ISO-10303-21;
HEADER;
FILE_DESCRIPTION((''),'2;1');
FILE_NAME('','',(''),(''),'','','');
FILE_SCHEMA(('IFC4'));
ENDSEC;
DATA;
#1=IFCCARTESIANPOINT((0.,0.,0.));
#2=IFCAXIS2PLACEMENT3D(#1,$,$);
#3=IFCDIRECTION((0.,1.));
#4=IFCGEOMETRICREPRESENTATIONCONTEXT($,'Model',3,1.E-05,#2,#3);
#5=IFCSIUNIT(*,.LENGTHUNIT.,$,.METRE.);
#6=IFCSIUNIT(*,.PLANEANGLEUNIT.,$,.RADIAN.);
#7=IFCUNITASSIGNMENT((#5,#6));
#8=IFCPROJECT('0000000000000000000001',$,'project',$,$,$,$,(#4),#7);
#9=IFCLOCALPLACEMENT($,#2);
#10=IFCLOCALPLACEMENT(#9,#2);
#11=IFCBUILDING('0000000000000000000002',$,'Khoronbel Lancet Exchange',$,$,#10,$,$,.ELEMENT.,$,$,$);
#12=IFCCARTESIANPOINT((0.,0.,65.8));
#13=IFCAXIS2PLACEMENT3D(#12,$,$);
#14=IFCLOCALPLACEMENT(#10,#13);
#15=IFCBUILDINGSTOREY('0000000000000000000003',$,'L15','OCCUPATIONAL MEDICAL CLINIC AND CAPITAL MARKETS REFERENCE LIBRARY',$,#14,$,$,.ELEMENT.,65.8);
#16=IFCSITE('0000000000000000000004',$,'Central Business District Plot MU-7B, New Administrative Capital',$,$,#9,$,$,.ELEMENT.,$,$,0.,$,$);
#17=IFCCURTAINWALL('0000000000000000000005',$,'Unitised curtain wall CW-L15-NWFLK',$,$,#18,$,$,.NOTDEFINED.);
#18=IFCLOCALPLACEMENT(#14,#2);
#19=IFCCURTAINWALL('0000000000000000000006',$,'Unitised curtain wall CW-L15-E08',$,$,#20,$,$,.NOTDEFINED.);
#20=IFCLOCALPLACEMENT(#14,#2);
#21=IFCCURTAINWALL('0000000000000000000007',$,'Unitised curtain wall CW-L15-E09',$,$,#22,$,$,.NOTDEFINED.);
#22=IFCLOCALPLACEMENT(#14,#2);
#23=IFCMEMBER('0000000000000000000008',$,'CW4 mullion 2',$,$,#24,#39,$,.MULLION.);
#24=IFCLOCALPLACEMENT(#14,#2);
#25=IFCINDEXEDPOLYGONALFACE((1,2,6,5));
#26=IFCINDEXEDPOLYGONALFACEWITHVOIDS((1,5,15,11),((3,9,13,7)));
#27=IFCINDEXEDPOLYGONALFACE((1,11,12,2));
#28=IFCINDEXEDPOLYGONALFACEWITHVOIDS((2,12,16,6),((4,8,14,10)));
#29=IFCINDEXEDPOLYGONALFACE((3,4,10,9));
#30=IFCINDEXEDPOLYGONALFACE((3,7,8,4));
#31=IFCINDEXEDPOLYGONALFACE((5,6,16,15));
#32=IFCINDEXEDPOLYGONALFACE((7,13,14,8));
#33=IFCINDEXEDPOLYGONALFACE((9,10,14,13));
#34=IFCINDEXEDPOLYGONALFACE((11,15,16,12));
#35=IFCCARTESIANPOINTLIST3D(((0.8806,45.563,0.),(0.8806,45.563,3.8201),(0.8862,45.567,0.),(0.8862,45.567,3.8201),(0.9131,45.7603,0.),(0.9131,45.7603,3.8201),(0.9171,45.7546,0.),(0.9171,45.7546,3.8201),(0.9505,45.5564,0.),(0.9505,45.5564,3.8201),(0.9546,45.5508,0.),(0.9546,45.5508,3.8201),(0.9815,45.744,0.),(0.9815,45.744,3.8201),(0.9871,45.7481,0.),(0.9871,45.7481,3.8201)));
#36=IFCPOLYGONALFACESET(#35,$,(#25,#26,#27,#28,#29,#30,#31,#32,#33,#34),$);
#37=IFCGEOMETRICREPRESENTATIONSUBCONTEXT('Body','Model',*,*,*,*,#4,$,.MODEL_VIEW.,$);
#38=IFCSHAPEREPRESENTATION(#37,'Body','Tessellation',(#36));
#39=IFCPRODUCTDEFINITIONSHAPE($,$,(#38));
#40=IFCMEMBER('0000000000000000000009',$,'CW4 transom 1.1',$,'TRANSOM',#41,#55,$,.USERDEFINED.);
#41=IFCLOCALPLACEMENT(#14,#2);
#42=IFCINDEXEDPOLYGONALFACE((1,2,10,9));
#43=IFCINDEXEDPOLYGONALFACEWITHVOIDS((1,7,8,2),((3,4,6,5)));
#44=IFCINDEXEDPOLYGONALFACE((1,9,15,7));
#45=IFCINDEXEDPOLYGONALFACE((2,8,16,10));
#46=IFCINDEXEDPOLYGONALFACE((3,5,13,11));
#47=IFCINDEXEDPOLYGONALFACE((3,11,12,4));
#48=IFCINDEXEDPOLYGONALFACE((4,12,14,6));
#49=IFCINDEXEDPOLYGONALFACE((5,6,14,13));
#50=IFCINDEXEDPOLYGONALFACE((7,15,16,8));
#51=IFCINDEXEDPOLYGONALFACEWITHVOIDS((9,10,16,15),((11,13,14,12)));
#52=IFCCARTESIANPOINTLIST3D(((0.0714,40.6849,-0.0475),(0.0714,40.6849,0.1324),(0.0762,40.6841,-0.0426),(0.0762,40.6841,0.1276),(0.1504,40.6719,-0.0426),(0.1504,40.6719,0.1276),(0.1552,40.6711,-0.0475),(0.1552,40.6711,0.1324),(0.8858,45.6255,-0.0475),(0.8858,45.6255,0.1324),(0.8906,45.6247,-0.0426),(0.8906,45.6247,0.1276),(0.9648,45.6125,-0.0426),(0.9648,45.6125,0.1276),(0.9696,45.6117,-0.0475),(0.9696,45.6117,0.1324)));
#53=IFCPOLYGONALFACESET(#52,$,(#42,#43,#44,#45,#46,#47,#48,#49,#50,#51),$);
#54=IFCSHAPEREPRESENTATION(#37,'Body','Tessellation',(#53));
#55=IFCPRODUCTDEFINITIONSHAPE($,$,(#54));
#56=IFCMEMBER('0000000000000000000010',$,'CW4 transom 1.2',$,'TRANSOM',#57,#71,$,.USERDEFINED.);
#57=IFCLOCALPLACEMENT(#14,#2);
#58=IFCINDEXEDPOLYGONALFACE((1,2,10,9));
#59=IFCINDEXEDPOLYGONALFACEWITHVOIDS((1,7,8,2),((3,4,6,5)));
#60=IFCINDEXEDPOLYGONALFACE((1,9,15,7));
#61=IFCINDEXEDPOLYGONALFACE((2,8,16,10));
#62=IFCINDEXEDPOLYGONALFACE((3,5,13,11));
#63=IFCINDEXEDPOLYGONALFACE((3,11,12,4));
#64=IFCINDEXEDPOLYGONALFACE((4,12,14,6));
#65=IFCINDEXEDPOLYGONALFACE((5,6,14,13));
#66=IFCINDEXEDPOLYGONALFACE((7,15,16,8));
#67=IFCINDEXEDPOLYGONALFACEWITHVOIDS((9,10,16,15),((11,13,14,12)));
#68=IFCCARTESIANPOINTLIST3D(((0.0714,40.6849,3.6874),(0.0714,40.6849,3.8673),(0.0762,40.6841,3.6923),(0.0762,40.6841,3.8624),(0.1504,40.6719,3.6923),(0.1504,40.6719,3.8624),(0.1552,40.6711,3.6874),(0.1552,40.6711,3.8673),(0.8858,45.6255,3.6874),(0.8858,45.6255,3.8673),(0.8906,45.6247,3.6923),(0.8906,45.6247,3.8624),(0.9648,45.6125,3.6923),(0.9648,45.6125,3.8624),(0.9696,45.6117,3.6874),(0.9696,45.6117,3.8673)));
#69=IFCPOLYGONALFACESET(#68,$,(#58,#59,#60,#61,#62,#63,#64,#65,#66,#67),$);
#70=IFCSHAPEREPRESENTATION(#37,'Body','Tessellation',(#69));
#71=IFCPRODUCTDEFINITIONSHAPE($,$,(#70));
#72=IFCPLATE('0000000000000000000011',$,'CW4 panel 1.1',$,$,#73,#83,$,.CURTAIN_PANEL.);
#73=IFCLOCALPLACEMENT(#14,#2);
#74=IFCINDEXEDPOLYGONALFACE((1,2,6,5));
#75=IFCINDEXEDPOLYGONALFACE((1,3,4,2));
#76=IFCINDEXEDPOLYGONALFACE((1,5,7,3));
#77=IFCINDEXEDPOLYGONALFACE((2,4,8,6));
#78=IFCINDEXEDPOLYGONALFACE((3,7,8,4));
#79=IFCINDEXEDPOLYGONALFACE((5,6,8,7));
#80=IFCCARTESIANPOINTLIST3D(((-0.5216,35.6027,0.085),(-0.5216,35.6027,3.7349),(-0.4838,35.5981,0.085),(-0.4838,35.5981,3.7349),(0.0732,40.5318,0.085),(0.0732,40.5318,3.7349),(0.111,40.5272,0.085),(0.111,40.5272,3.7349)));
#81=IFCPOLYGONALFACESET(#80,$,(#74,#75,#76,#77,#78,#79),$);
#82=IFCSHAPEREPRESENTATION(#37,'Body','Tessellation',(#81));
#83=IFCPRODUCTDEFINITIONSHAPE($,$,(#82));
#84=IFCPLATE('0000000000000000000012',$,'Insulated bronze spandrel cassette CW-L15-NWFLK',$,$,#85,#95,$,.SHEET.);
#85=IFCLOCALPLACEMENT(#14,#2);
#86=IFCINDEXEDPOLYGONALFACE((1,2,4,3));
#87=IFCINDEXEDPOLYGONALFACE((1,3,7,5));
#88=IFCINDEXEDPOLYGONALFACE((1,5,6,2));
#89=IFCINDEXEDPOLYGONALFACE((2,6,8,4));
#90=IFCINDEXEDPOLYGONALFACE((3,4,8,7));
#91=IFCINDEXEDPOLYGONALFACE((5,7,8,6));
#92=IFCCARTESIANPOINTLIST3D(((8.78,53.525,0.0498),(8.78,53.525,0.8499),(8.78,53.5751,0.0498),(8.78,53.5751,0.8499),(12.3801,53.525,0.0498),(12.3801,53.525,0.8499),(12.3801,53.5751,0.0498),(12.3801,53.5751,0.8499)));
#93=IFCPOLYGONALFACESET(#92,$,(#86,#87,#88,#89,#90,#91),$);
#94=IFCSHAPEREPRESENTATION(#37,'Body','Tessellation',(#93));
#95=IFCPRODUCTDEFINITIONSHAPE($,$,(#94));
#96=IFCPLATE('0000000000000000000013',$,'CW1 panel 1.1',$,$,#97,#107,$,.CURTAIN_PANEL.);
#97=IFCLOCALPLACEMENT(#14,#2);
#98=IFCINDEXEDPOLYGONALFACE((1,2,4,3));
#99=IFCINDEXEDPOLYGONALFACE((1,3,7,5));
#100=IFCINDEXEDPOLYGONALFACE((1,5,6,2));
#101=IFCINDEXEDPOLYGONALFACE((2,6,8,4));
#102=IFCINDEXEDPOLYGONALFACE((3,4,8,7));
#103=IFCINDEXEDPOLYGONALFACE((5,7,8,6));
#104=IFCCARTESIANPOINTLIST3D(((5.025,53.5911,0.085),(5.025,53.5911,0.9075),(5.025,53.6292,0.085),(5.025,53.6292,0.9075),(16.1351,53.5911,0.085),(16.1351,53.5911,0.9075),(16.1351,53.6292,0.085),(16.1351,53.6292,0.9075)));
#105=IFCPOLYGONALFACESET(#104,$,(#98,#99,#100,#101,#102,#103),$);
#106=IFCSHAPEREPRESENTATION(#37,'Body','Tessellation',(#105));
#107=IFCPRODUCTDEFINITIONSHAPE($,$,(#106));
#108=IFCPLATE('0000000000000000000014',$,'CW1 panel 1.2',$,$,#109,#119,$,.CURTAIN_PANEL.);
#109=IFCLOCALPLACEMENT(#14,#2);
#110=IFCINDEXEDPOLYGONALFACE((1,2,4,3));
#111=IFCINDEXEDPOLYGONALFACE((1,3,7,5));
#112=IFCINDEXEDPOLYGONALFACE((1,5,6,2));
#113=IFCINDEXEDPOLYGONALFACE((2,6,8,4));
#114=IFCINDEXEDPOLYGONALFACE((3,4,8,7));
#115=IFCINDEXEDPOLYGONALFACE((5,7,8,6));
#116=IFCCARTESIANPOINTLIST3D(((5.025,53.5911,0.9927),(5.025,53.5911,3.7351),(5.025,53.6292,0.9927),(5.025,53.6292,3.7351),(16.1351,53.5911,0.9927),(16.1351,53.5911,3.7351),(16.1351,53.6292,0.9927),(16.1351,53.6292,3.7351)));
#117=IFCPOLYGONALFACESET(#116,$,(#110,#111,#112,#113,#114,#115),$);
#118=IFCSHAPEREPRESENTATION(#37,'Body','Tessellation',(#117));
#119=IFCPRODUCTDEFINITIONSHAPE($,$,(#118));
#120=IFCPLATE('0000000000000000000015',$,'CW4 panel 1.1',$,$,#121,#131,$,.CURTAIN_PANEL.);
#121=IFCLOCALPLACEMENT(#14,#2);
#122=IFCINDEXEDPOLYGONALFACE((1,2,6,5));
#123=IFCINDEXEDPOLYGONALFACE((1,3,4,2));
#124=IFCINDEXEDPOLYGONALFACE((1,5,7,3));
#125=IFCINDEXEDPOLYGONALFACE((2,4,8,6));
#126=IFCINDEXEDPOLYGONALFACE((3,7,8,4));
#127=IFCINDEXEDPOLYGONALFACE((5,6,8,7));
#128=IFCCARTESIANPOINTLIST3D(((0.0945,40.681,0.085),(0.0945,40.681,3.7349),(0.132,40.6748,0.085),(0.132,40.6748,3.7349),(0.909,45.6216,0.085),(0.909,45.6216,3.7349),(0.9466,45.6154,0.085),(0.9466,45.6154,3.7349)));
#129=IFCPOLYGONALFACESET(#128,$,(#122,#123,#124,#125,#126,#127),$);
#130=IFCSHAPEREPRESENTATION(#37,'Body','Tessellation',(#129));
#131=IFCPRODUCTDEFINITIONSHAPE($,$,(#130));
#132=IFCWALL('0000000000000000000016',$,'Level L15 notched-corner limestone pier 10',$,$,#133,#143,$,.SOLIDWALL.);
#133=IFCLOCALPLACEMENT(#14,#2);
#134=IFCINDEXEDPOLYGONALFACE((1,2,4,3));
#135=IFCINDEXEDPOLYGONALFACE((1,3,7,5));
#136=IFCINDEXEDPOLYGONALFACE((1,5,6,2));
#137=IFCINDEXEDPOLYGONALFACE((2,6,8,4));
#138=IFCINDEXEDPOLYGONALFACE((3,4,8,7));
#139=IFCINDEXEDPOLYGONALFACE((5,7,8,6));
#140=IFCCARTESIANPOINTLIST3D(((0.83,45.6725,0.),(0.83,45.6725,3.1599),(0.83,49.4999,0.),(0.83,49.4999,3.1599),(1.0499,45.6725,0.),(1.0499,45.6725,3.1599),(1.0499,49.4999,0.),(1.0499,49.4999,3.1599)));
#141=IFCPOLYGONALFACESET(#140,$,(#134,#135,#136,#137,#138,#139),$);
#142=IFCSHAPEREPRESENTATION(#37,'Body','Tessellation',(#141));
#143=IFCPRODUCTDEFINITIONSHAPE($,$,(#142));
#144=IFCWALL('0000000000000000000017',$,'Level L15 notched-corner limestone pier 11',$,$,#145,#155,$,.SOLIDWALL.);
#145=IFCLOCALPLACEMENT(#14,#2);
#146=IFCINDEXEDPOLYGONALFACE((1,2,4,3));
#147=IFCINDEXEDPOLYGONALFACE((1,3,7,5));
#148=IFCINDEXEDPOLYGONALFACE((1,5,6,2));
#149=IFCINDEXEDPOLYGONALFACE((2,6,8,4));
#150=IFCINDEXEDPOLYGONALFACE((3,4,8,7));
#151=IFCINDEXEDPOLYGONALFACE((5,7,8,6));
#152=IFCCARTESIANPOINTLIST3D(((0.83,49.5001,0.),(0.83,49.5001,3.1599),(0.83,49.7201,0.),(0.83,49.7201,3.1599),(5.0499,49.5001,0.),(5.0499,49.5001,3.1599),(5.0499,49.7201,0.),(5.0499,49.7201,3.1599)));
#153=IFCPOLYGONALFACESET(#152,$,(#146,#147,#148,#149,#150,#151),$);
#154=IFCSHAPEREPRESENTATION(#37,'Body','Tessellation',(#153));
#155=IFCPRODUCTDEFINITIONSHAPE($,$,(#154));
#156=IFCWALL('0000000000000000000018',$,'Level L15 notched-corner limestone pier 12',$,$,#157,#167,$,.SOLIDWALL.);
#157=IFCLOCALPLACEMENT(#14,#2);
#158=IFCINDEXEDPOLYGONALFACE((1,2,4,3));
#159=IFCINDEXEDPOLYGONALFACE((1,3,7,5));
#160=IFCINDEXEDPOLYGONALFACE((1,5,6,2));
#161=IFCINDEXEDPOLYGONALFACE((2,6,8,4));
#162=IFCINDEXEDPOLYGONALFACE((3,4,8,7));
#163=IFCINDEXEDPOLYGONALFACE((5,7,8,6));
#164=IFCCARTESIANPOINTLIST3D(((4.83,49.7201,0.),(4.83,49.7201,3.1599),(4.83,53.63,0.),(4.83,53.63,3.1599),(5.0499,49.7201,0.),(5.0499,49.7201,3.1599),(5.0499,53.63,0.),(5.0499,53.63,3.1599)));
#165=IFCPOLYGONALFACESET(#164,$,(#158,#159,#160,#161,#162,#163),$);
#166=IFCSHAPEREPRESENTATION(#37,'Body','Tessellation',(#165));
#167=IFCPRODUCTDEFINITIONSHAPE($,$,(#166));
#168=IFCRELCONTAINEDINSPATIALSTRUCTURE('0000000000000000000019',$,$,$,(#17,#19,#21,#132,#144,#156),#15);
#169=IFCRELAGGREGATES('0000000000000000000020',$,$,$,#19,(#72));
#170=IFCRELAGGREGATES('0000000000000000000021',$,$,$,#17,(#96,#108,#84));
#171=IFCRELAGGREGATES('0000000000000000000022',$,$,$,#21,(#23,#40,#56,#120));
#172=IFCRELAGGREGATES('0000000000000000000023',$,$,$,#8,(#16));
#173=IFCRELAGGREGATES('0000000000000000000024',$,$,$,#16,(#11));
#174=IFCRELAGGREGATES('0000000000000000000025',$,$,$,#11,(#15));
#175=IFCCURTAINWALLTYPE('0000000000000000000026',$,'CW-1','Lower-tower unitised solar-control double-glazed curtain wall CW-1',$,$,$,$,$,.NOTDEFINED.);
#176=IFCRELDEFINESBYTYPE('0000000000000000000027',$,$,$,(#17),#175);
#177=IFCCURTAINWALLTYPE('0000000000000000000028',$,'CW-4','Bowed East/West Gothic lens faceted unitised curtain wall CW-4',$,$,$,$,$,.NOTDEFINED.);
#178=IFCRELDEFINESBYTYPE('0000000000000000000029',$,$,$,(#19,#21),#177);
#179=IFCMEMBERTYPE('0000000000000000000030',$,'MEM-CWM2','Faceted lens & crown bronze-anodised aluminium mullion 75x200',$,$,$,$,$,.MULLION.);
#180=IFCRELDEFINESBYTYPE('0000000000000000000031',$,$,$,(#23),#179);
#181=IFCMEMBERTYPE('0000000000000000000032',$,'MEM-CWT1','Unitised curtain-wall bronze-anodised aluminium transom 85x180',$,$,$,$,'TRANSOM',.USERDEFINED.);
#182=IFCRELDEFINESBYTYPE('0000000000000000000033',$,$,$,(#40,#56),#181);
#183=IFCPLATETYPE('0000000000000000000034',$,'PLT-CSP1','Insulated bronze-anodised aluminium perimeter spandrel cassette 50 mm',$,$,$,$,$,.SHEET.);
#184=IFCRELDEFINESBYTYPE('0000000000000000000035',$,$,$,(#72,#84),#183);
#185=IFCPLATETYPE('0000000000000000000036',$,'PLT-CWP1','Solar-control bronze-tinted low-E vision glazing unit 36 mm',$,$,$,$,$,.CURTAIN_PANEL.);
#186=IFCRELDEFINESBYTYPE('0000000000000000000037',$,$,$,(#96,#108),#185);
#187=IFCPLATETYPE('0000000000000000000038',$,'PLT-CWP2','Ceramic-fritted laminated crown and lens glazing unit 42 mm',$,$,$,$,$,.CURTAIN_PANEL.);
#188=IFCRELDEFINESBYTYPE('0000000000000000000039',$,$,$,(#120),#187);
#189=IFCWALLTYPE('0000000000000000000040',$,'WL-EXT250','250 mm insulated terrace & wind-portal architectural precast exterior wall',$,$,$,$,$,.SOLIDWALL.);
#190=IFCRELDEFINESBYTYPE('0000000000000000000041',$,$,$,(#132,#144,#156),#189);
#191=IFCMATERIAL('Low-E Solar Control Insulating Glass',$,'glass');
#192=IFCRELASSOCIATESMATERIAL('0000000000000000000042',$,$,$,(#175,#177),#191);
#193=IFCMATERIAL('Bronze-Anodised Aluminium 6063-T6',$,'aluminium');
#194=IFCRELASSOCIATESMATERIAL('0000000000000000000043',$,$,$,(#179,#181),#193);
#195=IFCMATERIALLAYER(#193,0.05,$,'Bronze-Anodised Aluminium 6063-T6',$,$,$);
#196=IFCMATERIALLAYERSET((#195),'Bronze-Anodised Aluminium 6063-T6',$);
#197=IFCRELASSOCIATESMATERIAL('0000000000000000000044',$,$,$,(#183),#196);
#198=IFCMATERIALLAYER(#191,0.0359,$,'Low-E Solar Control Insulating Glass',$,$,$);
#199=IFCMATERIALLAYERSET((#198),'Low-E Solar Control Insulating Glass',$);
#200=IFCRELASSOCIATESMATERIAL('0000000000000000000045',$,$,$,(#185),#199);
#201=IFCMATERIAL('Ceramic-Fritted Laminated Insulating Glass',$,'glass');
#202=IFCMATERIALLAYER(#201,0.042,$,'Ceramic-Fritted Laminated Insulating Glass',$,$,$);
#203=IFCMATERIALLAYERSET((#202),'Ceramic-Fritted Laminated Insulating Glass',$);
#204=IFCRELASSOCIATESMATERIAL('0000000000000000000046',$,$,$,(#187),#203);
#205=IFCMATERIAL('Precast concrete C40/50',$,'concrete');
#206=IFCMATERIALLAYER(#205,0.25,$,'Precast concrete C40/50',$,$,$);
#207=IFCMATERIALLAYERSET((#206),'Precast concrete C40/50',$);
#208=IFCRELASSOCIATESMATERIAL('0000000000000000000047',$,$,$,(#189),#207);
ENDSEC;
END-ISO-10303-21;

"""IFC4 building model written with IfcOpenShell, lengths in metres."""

from ifc_helpers import new_model, si_unit, direction, frame, frame_2d, origin, origin_2d, place, context, subcontext, project, spatial, rectangle, hollow_rectangle, extrude, material, layer, layer_set, material_profile, profile_set, type_object, element, aggregate, save


model = new_model("IFC4")

# Units and contexts
model_context = context("Model", 3, precision=1e-05, world=origin(), true_north=direction((0.0, 1.0)))
body_context = subcontext(model_context, "Body", "Model", "MODEL_VIEW")
ifc_project = project(units=[si_unit("LENGTHUNIT", "METRE"), si_unit("PLANEANGLEUNIT", "RADIAN")], contexts=[model_context])

# Site, building, storey
site_placement = place(None, origin())
site = spatial("IfcSite", under=ifc_project, at=site_placement, Name="Central Business District Plot MU-7B, New Administrative Capital", CompositionType="ELEMENT", RefElevation=0.0)
building_placement = place(site_placement, origin())
building = spatial("IfcBuilding", under=site, at=building_placement, Name="Khoronbel Lancet Exchange", CompositionType="ELEMENT")
storey_placement = place(building_placement, frame((0.0, 0.0, 65.8)))
storey = spatial("IfcBuildingStorey", under=building, at=storey_placement, Name="L15", Description="OCCUPATIONAL MEDICAL CLINIC AND CAPITAL MARKETS REFERENCE LIBRARY", CompositionType="ELEMENT", Elevation=65.8)

# Curtain walls
ifc_material_1 = material(Name="Low-E Solar Control Insulating Glass", Category="glass")
curtain_wall_type_1 = type_object("IfcCurtainWallType", Name="CW-1", Description="Lower-tower unitised solar-control double-glazed curtain wall CW-1", PredefinedType="NOTDEFINED", material=ifc_material_1)
curtain_wall_1_placement = place(storey_placement, origin())
curtain_wall_1 = element("IfcCurtainWall", 1, at=curtain_wall_1_placement, inside=storey, type_object=curtain_wall_type_1, Name="Unitised curtain wall CW-L15-NWFLK", PredefinedType="NOTDEFINED")
ifc_material_2 = material(Name="Bronze-Anodised Aluminium 6063-T6", Category="aluminium")
curtain_wall_type_2 = type_object("IfcCurtainWallType", Name="CW-4", Description="Bowed East/West Gothic lens faceted unitised curtain wall CW-4", PredefinedType="NOTDEFINED", material=ifc_material_1)
curtain_wall_2_placement = place(storey_placement, origin())
curtain_wall_2 = element("IfcCurtainWall", 2, at=curtain_wall_2_placement, inside=storey, type_object=curtain_wall_type_2, Name="Unitised curtain wall CW-L15-E08", PredefinedType="NOTDEFINED")
ifc_material_profile_1 = material_profile(ifc_material_2, hollow_rectangle(XDim=0.075, YDim=0.2, WallThickness=0.0049, at=origin_2d()), Name="ALU MULLION 75x200")
ifc_profile_set_1 = profile_set([ifc_material_profile_1], Name="Bronze-Anodised Aluminium 6063-T6")
member_type_1 = type_object("IfcMemberType", Name="MEM-CWM2", Description="Faceted lens & crown bronze-anodised aluminium mullion 75x200", PredefinedType="MULLION", material=ifc_profile_set_1)

# Curtain wall, members
curtain_wall_3_placement = place(storey_placement, origin())
curtain_wall_3 = element("IfcCurtainWall", 3, at=curtain_wall_3_placement, inside=storey, type_object=curtain_wall_type_2, Name="Unitised curtain wall CW-L15-E09", PredefinedType="NOTDEFINED")
member_1_placement = place(storey_placement, frame((0.9338, 45.6555, 0.0), z_axis=(0.0, 0.0, 1.0), x_axis=(-0.986682, 0.162663, 0.0)))
member_1 = element("IfcMember", 4, at=member_1_placement, type_object=member_type_1, Name="CW4 mullion 2", PredefinedType="MULLION", context=body_context, shape_type="SweptSolid", body=[
    extrude(hollow_rectangle(XDim=0.075, YDim=0.2, WallThickness=0.0049, at=origin_2d()), origin(), (0.0, 0.0, 1.0), 3.8201),
])
ifc_material_profile_2 = material_profile(ifc_material_2, hollow_rectangle(XDim=0.085, YDim=0.1799, WallThickness=0.0049, at=origin_2d()), Name="ALU TRANSOM 85x180")
ifc_profile_set_2 = profile_set([ifc_material_profile_2], Name="Bronze-Anodised Aluminium 6063-T6")
member_type_2 = type_object("IfcMemberType", Name="MEM-CWT1", Description="Unitised curtain-wall bronze-anodised aluminium transom 85x180", ElementType="TRANSOM", PredefinedType="USERDEFINED", material=ifc_profile_set_2)
member_2_placement = place(storey_placement, frame((0.1133, 40.678, 0.0425), z_axis=(0.162651, 0.986684, 0.0), x_axis=(-0.986684, 0.162651, 0.0)))
member_2 = element("IfcMember", 5, at=member_2_placement, type_object=member_type_2, Name="CW4 transom 1.1", ObjectType="TRANSOM", PredefinedType="USERDEFINED", context=body_context, shape_type="SweptSolid", body=[
    extrude(hollow_rectangle(XDim=0.085, YDim=0.1799, WallThickness=0.0049, at=origin_2d()), origin(), (0.0, 0.0, 1.0), 5.0073),
])
member_3_placement = place(storey_placement, frame((0.1133, 40.678, 3.7773), z_axis=(0.162651, 0.986684, 0.0), x_axis=(-0.986684, 0.162651, 0.0)))
member_3 = element("IfcMember", 6, at=member_3_placement, type_object=member_type_2, Name="CW4 transom 1.2", ObjectType="TRANSOM", PredefinedType="USERDEFINED", context=body_context, shape_type="SweptSolid", body=[
    extrude(hollow_rectangle(XDim=0.085, YDim=0.1799, WallThickness=0.0049, at=origin_2d()), origin(), (0.0, 0.0, 1.0), 5.0073),
])

# Plates
ifc_layer_1 = layer(ifc_material_2, 0.05, Name="Bronze-Anodised Aluminium 6063-T6")
ifc_layer_set_1 = layer_set([ifc_layer_1], Name="Bronze-Anodised Aluminium 6063-T6")
plate_type_1 = type_object("IfcPlateType", Name="PLT-CSP1", Description="Insulated bronze-anodised aluminium perimeter spandrel cassette 50 mm", PredefinedType="SHEET", material=ifc_layer_set_1)
plate_1_placement = place(storey_placement, frame((-0.2053, 38.0649, 0.085), z_axis=(0.0, 0.0, 1.0), x_axis=(0.119806, 0.992797, 0.0)))
plate_1 = element("IfcPlate", 7, at=plate_1_placement, type_object=plate_type_1, Name="CW4 panel 1.1", PredefinedType="CURTAIN_PANEL", context=body_context, shape_type="SweptSolid", body=[
    extrude(rectangle(XDim=4.9648, YDim=0.0381, at=origin_2d()), origin(), (0.0, 0.0, 1.0), 3.6499),
])
aggregate(curtain_wall_2, [plate_1])
plate_2_placement = place(storey_placement, frame((10.5801, 53.55, 0.0498), z_axis=(0.0, 0.0, 1.0), x_axis=(-1.0, 0.0, 0.0)))
plate_2 = element("IfcPlate", 8, at=plate_2_placement, type_object=plate_type_1, Name="Insulated bronze spandrel cassette CW-L15-NWFLK", PredefinedType="SHEET", context=body_context, shape_type="SweptSolid", body=[
    extrude(rectangle(XDim=3.6001, YDim=0.05, at=origin_2d()), origin(), (0.0, 0.0, 1.0), 0.8),
])
ifc_layer_2 = layer(ifc_material_1, 0.0359, Name="Low-E Solar Control Insulating Glass")
ifc_layer_set_2 = layer_set([ifc_layer_2], Name="Low-E Solar Control Insulating Glass")
plate_type_2 = type_object("IfcPlateType", Name="PLT-CWP1", Description="Solar-control bronze-tinted low-E vision glazing unit 36 mm", PredefinedType="CURTAIN_PANEL", material=ifc_layer_set_2)
plate_3_placement = place(storey_placement, frame((10.5801, 53.6101, 0.085), z_axis=(0.0, 0.0, 1.0), x_axis=(-1.0, 0.0, 0.0)))
plate_3 = element("IfcPlate", 9, at=plate_3_placement, type_object=plate_type_2, Name="CW1 panel 1.1", PredefinedType="CURTAIN_PANEL", context=body_context, shape_type="SweptSolid", body=[
    extrude(rectangle(XDim=11.1101, YDim=0.0381, at=origin_2d()), origin(), (0.0, 0.0, 1.0), 0.8225),
])
plate_4_placement = place(storey_placement, frame((10.5801, 53.6101, 0.9927), z_axis=(0.0, 0.0, 1.0), x_axis=(-1.0, 0.0, 0.0)))
plate_4 = element("IfcPlate", 10, at=plate_4_placement, type_object=plate_type_2, Name="CW1 panel 1.2", PredefinedType="CURTAIN_PANEL", context=body_context, shape_type="SweptSolid", body=[
    extrude(rectangle(XDim=11.1101, YDim=0.0381, at=origin_2d()), origin(), (0.0, 0.0, 1.0), 2.7424),
])
aggregate(curtain_wall_1, [plate_3, plate_4, plate_2])
ifc_material_3 = material(Name="Ceramic-Fritted Laminated Insulating Glass", Category="glass")
ifc_layer_3 = layer(ifc_material_3, 0.042, Name="Ceramic-Fritted Laminated Insulating Glass")
ifc_layer_set_3 = layer_set([ifc_layer_3], Name="Ceramic-Fritted Laminated Insulating Glass")
plate_type_3 = type_object("IfcPlateType", Name="PLT-CWP2", Description="Ceramic-fritted laminated crown and lens glazing unit 42 mm", PredefinedType="CURTAIN_PANEL", material=ifc_layer_set_3)
plate_5_placement = place(storey_placement, frame((0.5205, 43.1482, 0.085), z_axis=(0.0, 0.0, 1.0), x_axis=(0.162663, 0.986682, 0.0)))
plate_5 = element("IfcPlate", 11, at=plate_5_placement, type_object=plate_type_3, Name="CW4 panel 1.1", PredefinedType="CURTAIN_PANEL", context=body_context, shape_type="SweptSolid", body=[
    extrude(rectangle(XDim=5.0073, YDim=0.0381, at=origin_2d()), origin(), (0.0, 0.0, 1.0), 3.6499),
])
aggregate(curtain_wall_3, [member_1, member_2, member_3, plate_5])

# Walls
ifc_material_4 = material(Name="Precast concrete C40/50", Category="concrete")
ifc_layer_4 = layer(ifc_material_4, 0.25, Name="Precast concrete C40/50")
ifc_layer_set_4 = layer_set([ifc_layer_4], Name="Precast concrete C40/50")
wall_type_1 = type_object("IfcWallType", Name="WL-EXT250", Description="250 mm insulated terrace & wind-portal architectural precast exterior wall", PredefinedType="SOLIDWALL", material=ifc_layer_set_4)
wall_1_placement = place(storey_placement, frame((0.9399, 45.6726, 0.0), z_axis=(0.0, 0.0, 1.0), x_axis=(0.0, 1.0, 0.0)))
element("IfcWall", 12, at=wall_1_placement, inside=storey, type_object=wall_type_1, Name="Level L15 notched-corner limestone pier 10", PredefinedType="SOLIDWALL", context=body_context, shape_type="SweptSolid", body=[
    extrude(rectangle(XDim=3.8274, YDim=0.22, at=frame_2d((1.9136, 0.0))), origin(), (0.0, 0.0, 1.0), 3.1599),
])
wall_2_placement = place(storey_placement, frame((0.8301, 49.6101, 0.0), z_axis=(0.0, 0.0, 1.0), x_axis=(1.0, 0.0, 0.0)))
element("IfcWall", 13, at=wall_2_placement, inside=storey, type_object=wall_type_1, Name="Level L15 notched-corner limestone pier 11", PredefinedType="SOLIDWALL", context=body_context, shape_type="SweptSolid", body=[
    extrude(rectangle(XDim=4.22, YDim=0.22, at=frame_2d((2.1099, 0.0))), origin(), (0.0, 0.0, 1.0), 3.1599),
])
wall_3_placement = place(storey_placement, frame((4.9399, 49.72, 0.0), z_axis=(0.0, 0.0, 1.0), x_axis=(0.0, 1.0, 0.0)))
element("IfcWall", 14, at=wall_3_placement, inside=storey, type_object=wall_type_1, Name="Level L15 notched-corner limestone pier 12", PredefinedType="SOLIDWALL", context=body_context, shape_type="SweptSolid", body=[
    extrude(rectangle(XDim=3.9099, YDim=0.22, at=frame_2d((1.9551, 0.0))), origin(), (0.0, 0.0, 1.0), 3.1599),
])

save(model, "model.ifc")
